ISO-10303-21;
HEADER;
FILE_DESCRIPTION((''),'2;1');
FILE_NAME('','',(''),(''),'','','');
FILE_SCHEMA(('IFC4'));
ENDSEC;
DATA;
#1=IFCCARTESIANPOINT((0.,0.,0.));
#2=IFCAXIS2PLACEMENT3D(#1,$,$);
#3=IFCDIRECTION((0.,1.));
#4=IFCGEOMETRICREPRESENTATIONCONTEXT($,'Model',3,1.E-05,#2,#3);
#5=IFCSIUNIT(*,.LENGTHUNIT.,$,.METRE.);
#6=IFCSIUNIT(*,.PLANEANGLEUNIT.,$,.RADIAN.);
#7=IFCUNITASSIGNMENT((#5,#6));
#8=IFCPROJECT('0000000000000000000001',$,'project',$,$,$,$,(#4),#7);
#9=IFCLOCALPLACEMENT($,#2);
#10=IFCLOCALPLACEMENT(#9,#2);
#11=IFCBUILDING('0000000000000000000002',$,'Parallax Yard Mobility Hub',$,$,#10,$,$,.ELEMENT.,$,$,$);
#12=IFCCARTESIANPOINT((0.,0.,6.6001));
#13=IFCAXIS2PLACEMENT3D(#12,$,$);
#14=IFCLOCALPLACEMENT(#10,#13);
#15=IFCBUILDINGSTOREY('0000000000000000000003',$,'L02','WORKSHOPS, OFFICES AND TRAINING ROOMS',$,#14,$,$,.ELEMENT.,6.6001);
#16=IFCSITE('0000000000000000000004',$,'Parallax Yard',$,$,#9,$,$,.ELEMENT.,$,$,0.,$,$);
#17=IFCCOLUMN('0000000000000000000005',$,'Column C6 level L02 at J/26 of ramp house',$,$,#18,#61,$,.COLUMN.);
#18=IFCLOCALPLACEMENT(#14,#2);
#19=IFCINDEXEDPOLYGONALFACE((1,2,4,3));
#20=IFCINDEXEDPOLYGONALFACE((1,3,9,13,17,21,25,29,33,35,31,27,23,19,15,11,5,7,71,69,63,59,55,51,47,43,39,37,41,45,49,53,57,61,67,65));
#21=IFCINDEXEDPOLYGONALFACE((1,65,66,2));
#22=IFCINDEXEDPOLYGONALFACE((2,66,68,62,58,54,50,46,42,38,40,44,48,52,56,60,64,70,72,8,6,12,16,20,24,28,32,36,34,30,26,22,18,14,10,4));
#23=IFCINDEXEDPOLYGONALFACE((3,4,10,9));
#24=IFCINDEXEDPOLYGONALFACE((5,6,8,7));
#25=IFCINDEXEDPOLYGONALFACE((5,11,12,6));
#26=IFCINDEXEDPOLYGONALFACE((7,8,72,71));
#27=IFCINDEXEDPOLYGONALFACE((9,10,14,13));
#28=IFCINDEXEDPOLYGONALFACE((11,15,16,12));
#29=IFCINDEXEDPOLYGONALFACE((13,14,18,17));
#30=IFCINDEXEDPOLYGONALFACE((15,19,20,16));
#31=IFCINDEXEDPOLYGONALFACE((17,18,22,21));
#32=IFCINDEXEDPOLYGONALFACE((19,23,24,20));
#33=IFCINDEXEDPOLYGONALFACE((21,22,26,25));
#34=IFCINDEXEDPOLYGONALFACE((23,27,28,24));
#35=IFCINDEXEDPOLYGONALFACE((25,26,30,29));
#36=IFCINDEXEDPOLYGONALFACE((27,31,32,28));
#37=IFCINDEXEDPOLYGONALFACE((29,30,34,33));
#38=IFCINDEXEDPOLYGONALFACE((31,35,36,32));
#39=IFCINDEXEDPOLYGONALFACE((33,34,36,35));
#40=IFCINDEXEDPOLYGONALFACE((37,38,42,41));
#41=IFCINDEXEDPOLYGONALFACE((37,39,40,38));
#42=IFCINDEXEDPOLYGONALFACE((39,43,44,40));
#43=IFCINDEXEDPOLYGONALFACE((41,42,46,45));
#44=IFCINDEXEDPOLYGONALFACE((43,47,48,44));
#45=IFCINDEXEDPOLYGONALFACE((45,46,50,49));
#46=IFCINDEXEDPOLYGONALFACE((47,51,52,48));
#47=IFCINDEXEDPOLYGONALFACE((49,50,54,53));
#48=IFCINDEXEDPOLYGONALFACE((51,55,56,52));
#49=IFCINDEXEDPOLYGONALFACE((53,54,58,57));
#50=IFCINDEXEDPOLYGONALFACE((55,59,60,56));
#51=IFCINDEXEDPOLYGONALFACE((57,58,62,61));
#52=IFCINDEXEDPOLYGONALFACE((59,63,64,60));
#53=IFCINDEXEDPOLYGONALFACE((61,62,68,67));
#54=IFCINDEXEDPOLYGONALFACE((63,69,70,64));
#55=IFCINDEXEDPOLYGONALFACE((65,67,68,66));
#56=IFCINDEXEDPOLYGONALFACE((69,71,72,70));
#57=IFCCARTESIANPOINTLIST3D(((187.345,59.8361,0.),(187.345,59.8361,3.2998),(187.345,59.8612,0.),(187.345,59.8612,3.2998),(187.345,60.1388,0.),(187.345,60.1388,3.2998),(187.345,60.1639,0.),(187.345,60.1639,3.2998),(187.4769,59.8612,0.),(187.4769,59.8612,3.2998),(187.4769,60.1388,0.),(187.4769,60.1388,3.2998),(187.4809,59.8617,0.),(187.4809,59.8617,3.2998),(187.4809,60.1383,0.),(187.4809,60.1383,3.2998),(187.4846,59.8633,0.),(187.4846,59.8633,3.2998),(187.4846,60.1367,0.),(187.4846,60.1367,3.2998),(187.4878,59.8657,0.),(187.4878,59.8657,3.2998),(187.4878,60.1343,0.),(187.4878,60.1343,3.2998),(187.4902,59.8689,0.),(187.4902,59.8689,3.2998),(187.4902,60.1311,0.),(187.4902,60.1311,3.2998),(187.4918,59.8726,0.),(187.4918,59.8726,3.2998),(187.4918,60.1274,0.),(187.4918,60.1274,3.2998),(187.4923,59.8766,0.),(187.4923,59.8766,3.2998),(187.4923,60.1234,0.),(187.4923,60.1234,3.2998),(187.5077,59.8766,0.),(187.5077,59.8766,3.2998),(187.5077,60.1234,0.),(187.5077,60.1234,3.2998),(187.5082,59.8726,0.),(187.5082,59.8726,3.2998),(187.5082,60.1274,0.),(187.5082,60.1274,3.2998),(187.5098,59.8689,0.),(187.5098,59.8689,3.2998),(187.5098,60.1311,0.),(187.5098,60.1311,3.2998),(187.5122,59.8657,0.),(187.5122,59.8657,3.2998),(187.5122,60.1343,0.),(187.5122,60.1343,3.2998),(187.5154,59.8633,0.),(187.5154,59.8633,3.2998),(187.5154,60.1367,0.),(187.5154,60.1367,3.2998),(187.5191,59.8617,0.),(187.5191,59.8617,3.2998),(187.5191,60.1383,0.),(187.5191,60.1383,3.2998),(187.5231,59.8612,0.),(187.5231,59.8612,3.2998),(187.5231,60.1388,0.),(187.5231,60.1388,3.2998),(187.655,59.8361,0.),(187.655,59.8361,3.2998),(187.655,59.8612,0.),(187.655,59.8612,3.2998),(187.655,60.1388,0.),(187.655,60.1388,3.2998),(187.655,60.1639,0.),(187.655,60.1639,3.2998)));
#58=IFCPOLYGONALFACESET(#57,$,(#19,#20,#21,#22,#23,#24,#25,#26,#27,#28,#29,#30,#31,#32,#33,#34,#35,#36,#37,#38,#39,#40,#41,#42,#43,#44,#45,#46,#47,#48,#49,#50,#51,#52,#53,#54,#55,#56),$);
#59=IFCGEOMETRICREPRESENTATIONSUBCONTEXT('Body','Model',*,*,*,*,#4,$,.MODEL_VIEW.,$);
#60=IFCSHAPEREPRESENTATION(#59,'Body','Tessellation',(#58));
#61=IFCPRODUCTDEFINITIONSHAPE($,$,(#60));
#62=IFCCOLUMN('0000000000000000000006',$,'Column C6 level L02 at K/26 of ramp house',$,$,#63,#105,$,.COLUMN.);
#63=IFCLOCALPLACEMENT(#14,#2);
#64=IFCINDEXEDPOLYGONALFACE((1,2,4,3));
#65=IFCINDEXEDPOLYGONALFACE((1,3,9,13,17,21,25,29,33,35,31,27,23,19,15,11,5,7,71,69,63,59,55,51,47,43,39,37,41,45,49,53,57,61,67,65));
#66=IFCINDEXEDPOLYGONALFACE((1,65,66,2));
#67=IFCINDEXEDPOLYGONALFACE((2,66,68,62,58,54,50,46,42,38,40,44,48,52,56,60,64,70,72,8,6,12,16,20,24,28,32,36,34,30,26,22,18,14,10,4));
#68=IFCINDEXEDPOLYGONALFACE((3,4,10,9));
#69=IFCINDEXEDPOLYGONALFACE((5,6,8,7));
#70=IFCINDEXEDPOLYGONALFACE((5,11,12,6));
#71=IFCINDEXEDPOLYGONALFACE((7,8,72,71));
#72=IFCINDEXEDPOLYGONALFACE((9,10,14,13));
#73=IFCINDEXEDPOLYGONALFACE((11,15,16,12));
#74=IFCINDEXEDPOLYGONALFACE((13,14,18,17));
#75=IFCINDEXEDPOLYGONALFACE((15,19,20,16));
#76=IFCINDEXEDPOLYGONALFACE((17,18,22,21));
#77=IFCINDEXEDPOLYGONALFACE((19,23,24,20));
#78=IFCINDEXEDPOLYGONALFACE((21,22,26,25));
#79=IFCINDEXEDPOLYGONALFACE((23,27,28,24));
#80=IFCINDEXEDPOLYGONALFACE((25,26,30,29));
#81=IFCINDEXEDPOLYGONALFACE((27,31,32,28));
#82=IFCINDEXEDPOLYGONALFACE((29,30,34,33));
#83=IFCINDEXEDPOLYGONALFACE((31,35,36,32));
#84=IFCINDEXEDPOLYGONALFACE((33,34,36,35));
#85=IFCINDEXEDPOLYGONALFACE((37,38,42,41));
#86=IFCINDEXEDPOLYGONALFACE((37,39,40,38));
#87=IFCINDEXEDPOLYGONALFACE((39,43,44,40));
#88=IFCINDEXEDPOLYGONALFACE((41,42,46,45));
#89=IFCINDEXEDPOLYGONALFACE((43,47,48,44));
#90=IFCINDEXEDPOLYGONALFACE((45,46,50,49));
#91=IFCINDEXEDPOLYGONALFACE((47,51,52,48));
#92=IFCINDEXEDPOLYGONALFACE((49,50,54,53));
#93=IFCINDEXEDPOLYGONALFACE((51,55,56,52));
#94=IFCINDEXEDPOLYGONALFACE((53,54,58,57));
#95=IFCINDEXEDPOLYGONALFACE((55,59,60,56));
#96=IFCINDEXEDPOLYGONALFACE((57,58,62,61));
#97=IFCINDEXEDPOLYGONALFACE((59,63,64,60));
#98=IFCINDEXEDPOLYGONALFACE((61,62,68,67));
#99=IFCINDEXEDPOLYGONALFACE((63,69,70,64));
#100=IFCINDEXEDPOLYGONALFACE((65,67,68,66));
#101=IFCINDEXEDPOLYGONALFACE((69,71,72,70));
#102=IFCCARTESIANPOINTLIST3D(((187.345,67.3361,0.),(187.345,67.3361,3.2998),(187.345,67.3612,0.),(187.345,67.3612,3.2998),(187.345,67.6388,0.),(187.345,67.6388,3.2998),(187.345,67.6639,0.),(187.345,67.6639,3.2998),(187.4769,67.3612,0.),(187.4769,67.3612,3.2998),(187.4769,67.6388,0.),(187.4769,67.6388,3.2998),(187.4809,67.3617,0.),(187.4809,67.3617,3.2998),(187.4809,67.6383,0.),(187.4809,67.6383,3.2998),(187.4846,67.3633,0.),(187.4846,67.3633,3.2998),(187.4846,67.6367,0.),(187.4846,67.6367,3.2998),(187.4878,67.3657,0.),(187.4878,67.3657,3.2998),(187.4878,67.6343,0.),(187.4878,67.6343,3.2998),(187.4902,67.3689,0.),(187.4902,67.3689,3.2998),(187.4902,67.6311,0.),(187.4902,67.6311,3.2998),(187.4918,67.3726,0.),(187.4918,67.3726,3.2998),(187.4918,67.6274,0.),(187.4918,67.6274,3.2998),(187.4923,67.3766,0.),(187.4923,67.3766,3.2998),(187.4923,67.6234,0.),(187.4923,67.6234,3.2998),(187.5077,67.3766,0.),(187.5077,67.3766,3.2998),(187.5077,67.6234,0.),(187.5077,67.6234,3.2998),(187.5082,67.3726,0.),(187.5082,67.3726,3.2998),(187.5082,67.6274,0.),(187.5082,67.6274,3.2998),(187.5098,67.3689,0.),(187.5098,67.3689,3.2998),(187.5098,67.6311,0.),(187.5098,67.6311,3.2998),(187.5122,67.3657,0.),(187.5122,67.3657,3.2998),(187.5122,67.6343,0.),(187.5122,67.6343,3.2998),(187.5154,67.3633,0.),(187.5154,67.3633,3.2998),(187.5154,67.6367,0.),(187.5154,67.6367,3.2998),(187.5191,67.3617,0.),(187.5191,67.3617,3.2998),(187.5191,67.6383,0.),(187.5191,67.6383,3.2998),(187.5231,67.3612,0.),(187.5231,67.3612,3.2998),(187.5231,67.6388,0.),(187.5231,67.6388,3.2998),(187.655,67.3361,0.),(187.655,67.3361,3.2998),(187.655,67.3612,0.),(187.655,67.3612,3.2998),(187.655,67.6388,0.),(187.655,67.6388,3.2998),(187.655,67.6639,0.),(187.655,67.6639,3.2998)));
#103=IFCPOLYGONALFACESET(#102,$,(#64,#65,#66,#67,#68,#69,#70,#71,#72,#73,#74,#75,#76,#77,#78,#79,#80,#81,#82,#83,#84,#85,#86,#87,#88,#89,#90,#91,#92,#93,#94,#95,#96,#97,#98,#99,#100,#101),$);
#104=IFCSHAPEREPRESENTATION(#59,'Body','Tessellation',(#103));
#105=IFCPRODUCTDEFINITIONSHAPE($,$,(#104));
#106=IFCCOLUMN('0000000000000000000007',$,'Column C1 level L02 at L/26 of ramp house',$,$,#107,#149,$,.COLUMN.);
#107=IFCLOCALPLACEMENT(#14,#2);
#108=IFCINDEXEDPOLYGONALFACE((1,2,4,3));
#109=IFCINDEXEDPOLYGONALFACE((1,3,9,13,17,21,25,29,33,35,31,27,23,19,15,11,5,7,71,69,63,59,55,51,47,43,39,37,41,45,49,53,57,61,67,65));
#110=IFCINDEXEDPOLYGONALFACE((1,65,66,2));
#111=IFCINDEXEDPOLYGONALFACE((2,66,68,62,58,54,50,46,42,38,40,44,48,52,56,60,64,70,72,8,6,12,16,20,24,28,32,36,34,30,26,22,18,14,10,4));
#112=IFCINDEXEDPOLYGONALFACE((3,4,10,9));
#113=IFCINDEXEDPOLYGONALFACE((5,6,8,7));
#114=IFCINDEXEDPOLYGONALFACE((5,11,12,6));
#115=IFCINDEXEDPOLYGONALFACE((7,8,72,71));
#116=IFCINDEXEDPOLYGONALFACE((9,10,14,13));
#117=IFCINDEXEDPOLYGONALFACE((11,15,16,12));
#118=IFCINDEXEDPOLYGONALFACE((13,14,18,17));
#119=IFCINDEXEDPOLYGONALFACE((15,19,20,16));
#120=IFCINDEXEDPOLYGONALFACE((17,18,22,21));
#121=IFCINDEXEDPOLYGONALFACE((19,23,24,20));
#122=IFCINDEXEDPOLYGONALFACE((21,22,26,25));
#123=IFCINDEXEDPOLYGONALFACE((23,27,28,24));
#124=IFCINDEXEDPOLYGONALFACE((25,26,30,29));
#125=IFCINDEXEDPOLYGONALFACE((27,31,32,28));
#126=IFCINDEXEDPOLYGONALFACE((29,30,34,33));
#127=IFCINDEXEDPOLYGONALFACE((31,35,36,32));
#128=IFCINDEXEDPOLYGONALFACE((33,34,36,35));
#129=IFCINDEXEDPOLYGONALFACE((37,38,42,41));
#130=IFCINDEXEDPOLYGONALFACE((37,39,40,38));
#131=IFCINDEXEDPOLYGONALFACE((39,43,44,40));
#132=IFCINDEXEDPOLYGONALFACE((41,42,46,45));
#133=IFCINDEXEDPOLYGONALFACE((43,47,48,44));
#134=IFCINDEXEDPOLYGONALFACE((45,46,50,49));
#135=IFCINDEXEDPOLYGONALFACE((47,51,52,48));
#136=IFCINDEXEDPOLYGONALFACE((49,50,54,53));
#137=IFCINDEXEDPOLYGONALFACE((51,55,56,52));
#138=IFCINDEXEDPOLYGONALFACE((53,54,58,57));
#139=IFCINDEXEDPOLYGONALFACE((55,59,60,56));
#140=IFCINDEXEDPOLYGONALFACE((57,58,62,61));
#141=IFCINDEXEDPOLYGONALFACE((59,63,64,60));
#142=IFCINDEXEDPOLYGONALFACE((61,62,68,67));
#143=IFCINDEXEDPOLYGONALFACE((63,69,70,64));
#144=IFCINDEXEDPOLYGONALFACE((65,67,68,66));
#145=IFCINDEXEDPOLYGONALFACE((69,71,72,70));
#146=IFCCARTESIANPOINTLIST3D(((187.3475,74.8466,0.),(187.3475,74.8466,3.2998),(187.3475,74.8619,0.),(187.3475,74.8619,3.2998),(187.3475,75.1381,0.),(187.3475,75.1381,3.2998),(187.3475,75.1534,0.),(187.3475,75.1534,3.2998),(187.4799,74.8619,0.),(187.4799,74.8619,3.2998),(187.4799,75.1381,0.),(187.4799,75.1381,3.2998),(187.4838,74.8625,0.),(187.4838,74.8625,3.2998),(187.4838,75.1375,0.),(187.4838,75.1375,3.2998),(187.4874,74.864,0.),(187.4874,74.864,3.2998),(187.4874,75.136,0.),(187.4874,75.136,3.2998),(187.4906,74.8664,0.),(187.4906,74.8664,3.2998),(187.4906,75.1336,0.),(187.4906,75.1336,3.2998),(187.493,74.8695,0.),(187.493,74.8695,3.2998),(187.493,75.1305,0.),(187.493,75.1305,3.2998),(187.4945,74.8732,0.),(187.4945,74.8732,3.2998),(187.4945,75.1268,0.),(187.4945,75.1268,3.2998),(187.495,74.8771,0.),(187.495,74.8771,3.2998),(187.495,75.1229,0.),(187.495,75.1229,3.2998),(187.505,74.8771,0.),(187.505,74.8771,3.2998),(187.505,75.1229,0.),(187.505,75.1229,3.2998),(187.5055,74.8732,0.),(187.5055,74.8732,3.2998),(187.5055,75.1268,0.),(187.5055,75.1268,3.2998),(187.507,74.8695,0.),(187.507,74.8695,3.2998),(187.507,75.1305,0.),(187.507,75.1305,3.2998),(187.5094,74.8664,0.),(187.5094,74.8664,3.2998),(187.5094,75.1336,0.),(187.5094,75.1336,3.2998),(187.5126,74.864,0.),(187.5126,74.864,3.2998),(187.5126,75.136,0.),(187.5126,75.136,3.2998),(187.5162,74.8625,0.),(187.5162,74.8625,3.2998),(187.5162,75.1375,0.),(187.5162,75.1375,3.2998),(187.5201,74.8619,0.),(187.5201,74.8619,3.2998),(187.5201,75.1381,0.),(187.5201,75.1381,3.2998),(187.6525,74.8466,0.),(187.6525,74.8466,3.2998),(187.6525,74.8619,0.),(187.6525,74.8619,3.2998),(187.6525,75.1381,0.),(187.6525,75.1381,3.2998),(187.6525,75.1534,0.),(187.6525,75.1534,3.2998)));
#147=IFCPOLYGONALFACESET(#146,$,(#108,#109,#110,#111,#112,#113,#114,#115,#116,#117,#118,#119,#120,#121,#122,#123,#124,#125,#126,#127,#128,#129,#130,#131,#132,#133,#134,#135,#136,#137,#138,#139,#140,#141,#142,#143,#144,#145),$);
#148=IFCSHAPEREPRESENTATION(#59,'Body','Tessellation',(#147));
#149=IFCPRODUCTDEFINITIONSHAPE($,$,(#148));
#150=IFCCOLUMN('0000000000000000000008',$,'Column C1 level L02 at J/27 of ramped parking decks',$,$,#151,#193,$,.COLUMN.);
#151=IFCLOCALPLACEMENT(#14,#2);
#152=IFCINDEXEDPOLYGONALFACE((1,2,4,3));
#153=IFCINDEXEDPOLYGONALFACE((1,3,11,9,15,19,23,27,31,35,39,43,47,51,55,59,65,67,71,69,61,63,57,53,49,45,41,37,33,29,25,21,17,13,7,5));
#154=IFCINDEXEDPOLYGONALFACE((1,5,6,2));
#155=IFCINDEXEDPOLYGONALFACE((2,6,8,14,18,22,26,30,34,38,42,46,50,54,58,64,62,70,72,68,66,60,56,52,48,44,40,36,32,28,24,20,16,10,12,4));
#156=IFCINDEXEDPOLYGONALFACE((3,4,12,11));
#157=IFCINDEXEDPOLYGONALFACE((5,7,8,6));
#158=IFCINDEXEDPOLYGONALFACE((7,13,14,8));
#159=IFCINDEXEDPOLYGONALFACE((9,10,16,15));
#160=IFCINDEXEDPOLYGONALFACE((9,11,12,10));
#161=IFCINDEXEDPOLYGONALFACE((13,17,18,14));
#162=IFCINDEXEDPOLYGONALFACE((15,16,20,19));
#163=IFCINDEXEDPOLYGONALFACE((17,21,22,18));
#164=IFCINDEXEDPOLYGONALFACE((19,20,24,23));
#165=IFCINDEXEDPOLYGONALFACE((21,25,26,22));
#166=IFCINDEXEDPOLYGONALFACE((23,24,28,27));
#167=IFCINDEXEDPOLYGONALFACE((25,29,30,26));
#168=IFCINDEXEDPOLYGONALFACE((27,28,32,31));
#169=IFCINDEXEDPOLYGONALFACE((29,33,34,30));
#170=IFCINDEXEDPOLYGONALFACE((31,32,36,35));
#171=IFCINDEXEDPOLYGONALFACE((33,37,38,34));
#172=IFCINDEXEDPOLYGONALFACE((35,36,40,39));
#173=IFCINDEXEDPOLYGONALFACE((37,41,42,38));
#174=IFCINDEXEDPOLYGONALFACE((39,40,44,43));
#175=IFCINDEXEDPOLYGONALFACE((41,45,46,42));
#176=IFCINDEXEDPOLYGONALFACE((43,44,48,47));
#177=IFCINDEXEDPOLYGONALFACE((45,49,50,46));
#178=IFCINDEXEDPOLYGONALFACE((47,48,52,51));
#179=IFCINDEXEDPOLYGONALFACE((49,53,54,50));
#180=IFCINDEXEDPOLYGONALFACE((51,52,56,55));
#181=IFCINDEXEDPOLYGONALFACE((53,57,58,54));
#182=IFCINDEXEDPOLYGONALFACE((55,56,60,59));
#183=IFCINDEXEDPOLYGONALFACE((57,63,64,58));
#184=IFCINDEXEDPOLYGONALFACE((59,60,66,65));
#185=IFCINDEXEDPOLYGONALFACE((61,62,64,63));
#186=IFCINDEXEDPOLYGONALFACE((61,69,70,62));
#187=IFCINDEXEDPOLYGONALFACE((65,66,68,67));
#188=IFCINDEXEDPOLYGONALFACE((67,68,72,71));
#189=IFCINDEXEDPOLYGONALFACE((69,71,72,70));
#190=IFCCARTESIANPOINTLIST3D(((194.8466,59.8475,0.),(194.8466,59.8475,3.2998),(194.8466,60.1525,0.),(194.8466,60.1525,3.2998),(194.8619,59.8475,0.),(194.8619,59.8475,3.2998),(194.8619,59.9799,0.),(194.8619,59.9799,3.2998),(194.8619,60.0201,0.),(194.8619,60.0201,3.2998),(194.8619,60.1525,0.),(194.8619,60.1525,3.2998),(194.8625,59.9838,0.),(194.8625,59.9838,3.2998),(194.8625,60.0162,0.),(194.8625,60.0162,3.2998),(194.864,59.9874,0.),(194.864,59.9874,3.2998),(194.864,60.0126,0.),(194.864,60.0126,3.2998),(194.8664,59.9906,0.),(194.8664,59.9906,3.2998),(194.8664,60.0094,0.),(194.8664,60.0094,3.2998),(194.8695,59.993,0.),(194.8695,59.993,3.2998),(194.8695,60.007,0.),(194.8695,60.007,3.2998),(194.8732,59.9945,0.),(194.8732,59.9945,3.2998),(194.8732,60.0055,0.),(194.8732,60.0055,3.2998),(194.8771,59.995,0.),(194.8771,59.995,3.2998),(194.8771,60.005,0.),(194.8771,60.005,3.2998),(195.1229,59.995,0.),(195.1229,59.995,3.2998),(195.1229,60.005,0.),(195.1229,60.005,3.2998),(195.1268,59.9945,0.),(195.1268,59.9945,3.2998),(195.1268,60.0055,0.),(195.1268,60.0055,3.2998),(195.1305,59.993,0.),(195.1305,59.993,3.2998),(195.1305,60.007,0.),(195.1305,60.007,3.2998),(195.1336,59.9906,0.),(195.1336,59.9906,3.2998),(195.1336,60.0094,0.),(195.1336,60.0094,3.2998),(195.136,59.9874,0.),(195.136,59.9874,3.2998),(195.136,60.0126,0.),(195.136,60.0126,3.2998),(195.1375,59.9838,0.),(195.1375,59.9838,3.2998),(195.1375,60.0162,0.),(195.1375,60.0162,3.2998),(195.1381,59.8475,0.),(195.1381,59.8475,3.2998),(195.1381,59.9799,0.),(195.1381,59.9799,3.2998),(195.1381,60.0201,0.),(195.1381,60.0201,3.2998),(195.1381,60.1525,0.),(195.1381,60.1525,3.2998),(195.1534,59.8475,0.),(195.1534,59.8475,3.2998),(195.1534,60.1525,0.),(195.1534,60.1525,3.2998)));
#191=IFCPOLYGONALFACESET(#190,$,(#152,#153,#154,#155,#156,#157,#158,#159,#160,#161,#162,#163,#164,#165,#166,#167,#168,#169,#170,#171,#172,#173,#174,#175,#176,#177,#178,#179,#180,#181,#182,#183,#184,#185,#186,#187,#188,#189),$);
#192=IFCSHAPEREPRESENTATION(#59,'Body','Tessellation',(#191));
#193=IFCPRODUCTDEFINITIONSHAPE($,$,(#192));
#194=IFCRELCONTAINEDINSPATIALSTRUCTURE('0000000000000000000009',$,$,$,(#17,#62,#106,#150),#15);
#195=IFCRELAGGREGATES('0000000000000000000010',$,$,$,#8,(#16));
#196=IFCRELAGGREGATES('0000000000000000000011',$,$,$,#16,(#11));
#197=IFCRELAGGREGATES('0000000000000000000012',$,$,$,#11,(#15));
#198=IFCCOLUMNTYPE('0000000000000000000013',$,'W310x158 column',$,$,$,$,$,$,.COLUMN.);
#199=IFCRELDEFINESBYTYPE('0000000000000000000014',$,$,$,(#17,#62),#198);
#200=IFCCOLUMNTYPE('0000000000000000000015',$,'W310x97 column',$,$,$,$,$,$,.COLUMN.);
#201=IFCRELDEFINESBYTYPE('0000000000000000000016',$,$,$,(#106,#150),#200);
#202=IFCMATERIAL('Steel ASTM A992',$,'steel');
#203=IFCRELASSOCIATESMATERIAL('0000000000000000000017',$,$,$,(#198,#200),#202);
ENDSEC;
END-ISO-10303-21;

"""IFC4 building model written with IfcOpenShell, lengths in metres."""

from ifc_helpers import new_model, si_unit, direction, frame, origin, origin_2d, place, context, subcontext, project, spatial, i_section, extrude, material, material_profile, profile_set, type_object, element, save


model = new_model("IFC4")

# Units and contexts
model_context = context("Model", 3, precision=1e-05, world=origin(), true_north=direction((0.0, 1.0)))
body_context = subcontext(model_context, "Body", "Model", "MODEL_VIEW")
ifc_project = project(units=[si_unit("LENGTHUNIT", "METRE"), si_unit("PLANEANGLEUNIT", "RADIAN")], contexts=[model_context])

# Site, building, storey
site_placement = place(None, origin())
site = spatial("IfcSite", under=ifc_project, at=site_placement, Name="Parallax Yard", CompositionType="ELEMENT", RefElevation=0.0)
building_placement = place(site_placement, origin())
building = spatial("IfcBuilding", under=site, at=building_placement, Name="Parallax Yard Mobility Hub", CompositionType="ELEMENT")
storey_placement = place(building_placement, frame((0.0, 0.0, 6.6001)))
storey = spatial("IfcBuildingStorey", under=building, at=storey_placement, Name="L02", Description="WORKSHOPS, OFFICES AND TRAINING ROOMS", CompositionType="ELEMENT", Elevation=6.6001)

# Columns
ifc_material_1 = material(Name="Steel ASTM A992", Category="steel")
ifc_material_profile_1 = material_profile(ifc_material_1, i_section(OverallWidth=0.3101, OverallDepth=0.3279, WebThickness=0.0154, FlangeThickness=0.0251, FilletRadius=0.0154, at=origin_2d()), Name="W310x158")
ifc_profile_set_1 = profile_set([ifc_material_profile_1], Name="Steel ASTM A992")
column_type_1 = type_object("IfcColumnType", Name="W310x158 column", PredefinedType="COLUMN", material=ifc_profile_set_1)
for number, where, z_axis, x_axis, name in (
    (1, (187.5, 60.0, 0.0), (0.0, 0.0, 1.0), (1.0, 0.0, 0.0), "Column C6 level L02 at J/26 of ramp house"),
    (2, (187.5, 67.5, 0.0), (0.0, 0.0, 1.0), (1.0, 0.0, 0.0), "Column C6 level L02 at K/26 of ramp house"),
):
    element("IfcColumn", number, at=place(storey_placement, frame(where, z_axis=z_axis, x_axis=x_axis)), inside=storey, type_object=column_type_1, Name=name, PredefinedType="COLUMN", context=body_context, shape_type="SweptSolid", body=[
        extrude(i_section(OverallWidth=0.3101, OverallDepth=0.3279, WebThickness=0.0154, FlangeThickness=0.0251, FilletRadius=0.0154, at=origin_2d()), origin(), (0.0, 0.0, 1.0), 3.2998),
    ])
ifc_material_profile_2 = material_profile(ifc_material_1, i_section(OverallWidth=0.3049, OverallDepth=0.3069, WebThickness=0.01, FlangeThickness=0.0154, FilletRadius=0.0151, at=origin_2d()), Name="W310x97")
ifc_profile_set_2 = profile_set([ifc_material_profile_2], Name="Steel ASTM A992")
column_type_2 = type_object("IfcColumnType", Name="W310x97 column", PredefinedType="COLUMN", material=ifc_profile_set_2)
for number, where, z_axis, x_axis, name in (
    (3, (187.5, 75.0, 0.0), (0.0, 0.0, 1.0), (1.0, 0.0, 0.0), "Column C1 level L02 at L/26 of ramp house"),
    (4, (195.0, 60.0, 0.0), (0.0, 0.0, 1.0), (0.0, 1.0, 0.0), "Column C1 level L02 at J/27 of ramped parking decks"),
):
    element("IfcColumn", number, at=place(storey_placement, frame(where, z_axis=z_axis, x_axis=x_axis)), inside=storey, type_object=column_type_2, Name=name, PredefinedType="COLUMN", context=body_context, shape_type="SweptSolid", body=[
        extrude(i_section(OverallWidth=0.3049, OverallDepth=0.3069, WebThickness=0.01, FlangeThickness=0.0154, FilletRadius=0.0151, at=origin_2d()), origin(), (0.0, 0.0, 1.0), 3.2998),
    ])

save(model, "model.ifc")
